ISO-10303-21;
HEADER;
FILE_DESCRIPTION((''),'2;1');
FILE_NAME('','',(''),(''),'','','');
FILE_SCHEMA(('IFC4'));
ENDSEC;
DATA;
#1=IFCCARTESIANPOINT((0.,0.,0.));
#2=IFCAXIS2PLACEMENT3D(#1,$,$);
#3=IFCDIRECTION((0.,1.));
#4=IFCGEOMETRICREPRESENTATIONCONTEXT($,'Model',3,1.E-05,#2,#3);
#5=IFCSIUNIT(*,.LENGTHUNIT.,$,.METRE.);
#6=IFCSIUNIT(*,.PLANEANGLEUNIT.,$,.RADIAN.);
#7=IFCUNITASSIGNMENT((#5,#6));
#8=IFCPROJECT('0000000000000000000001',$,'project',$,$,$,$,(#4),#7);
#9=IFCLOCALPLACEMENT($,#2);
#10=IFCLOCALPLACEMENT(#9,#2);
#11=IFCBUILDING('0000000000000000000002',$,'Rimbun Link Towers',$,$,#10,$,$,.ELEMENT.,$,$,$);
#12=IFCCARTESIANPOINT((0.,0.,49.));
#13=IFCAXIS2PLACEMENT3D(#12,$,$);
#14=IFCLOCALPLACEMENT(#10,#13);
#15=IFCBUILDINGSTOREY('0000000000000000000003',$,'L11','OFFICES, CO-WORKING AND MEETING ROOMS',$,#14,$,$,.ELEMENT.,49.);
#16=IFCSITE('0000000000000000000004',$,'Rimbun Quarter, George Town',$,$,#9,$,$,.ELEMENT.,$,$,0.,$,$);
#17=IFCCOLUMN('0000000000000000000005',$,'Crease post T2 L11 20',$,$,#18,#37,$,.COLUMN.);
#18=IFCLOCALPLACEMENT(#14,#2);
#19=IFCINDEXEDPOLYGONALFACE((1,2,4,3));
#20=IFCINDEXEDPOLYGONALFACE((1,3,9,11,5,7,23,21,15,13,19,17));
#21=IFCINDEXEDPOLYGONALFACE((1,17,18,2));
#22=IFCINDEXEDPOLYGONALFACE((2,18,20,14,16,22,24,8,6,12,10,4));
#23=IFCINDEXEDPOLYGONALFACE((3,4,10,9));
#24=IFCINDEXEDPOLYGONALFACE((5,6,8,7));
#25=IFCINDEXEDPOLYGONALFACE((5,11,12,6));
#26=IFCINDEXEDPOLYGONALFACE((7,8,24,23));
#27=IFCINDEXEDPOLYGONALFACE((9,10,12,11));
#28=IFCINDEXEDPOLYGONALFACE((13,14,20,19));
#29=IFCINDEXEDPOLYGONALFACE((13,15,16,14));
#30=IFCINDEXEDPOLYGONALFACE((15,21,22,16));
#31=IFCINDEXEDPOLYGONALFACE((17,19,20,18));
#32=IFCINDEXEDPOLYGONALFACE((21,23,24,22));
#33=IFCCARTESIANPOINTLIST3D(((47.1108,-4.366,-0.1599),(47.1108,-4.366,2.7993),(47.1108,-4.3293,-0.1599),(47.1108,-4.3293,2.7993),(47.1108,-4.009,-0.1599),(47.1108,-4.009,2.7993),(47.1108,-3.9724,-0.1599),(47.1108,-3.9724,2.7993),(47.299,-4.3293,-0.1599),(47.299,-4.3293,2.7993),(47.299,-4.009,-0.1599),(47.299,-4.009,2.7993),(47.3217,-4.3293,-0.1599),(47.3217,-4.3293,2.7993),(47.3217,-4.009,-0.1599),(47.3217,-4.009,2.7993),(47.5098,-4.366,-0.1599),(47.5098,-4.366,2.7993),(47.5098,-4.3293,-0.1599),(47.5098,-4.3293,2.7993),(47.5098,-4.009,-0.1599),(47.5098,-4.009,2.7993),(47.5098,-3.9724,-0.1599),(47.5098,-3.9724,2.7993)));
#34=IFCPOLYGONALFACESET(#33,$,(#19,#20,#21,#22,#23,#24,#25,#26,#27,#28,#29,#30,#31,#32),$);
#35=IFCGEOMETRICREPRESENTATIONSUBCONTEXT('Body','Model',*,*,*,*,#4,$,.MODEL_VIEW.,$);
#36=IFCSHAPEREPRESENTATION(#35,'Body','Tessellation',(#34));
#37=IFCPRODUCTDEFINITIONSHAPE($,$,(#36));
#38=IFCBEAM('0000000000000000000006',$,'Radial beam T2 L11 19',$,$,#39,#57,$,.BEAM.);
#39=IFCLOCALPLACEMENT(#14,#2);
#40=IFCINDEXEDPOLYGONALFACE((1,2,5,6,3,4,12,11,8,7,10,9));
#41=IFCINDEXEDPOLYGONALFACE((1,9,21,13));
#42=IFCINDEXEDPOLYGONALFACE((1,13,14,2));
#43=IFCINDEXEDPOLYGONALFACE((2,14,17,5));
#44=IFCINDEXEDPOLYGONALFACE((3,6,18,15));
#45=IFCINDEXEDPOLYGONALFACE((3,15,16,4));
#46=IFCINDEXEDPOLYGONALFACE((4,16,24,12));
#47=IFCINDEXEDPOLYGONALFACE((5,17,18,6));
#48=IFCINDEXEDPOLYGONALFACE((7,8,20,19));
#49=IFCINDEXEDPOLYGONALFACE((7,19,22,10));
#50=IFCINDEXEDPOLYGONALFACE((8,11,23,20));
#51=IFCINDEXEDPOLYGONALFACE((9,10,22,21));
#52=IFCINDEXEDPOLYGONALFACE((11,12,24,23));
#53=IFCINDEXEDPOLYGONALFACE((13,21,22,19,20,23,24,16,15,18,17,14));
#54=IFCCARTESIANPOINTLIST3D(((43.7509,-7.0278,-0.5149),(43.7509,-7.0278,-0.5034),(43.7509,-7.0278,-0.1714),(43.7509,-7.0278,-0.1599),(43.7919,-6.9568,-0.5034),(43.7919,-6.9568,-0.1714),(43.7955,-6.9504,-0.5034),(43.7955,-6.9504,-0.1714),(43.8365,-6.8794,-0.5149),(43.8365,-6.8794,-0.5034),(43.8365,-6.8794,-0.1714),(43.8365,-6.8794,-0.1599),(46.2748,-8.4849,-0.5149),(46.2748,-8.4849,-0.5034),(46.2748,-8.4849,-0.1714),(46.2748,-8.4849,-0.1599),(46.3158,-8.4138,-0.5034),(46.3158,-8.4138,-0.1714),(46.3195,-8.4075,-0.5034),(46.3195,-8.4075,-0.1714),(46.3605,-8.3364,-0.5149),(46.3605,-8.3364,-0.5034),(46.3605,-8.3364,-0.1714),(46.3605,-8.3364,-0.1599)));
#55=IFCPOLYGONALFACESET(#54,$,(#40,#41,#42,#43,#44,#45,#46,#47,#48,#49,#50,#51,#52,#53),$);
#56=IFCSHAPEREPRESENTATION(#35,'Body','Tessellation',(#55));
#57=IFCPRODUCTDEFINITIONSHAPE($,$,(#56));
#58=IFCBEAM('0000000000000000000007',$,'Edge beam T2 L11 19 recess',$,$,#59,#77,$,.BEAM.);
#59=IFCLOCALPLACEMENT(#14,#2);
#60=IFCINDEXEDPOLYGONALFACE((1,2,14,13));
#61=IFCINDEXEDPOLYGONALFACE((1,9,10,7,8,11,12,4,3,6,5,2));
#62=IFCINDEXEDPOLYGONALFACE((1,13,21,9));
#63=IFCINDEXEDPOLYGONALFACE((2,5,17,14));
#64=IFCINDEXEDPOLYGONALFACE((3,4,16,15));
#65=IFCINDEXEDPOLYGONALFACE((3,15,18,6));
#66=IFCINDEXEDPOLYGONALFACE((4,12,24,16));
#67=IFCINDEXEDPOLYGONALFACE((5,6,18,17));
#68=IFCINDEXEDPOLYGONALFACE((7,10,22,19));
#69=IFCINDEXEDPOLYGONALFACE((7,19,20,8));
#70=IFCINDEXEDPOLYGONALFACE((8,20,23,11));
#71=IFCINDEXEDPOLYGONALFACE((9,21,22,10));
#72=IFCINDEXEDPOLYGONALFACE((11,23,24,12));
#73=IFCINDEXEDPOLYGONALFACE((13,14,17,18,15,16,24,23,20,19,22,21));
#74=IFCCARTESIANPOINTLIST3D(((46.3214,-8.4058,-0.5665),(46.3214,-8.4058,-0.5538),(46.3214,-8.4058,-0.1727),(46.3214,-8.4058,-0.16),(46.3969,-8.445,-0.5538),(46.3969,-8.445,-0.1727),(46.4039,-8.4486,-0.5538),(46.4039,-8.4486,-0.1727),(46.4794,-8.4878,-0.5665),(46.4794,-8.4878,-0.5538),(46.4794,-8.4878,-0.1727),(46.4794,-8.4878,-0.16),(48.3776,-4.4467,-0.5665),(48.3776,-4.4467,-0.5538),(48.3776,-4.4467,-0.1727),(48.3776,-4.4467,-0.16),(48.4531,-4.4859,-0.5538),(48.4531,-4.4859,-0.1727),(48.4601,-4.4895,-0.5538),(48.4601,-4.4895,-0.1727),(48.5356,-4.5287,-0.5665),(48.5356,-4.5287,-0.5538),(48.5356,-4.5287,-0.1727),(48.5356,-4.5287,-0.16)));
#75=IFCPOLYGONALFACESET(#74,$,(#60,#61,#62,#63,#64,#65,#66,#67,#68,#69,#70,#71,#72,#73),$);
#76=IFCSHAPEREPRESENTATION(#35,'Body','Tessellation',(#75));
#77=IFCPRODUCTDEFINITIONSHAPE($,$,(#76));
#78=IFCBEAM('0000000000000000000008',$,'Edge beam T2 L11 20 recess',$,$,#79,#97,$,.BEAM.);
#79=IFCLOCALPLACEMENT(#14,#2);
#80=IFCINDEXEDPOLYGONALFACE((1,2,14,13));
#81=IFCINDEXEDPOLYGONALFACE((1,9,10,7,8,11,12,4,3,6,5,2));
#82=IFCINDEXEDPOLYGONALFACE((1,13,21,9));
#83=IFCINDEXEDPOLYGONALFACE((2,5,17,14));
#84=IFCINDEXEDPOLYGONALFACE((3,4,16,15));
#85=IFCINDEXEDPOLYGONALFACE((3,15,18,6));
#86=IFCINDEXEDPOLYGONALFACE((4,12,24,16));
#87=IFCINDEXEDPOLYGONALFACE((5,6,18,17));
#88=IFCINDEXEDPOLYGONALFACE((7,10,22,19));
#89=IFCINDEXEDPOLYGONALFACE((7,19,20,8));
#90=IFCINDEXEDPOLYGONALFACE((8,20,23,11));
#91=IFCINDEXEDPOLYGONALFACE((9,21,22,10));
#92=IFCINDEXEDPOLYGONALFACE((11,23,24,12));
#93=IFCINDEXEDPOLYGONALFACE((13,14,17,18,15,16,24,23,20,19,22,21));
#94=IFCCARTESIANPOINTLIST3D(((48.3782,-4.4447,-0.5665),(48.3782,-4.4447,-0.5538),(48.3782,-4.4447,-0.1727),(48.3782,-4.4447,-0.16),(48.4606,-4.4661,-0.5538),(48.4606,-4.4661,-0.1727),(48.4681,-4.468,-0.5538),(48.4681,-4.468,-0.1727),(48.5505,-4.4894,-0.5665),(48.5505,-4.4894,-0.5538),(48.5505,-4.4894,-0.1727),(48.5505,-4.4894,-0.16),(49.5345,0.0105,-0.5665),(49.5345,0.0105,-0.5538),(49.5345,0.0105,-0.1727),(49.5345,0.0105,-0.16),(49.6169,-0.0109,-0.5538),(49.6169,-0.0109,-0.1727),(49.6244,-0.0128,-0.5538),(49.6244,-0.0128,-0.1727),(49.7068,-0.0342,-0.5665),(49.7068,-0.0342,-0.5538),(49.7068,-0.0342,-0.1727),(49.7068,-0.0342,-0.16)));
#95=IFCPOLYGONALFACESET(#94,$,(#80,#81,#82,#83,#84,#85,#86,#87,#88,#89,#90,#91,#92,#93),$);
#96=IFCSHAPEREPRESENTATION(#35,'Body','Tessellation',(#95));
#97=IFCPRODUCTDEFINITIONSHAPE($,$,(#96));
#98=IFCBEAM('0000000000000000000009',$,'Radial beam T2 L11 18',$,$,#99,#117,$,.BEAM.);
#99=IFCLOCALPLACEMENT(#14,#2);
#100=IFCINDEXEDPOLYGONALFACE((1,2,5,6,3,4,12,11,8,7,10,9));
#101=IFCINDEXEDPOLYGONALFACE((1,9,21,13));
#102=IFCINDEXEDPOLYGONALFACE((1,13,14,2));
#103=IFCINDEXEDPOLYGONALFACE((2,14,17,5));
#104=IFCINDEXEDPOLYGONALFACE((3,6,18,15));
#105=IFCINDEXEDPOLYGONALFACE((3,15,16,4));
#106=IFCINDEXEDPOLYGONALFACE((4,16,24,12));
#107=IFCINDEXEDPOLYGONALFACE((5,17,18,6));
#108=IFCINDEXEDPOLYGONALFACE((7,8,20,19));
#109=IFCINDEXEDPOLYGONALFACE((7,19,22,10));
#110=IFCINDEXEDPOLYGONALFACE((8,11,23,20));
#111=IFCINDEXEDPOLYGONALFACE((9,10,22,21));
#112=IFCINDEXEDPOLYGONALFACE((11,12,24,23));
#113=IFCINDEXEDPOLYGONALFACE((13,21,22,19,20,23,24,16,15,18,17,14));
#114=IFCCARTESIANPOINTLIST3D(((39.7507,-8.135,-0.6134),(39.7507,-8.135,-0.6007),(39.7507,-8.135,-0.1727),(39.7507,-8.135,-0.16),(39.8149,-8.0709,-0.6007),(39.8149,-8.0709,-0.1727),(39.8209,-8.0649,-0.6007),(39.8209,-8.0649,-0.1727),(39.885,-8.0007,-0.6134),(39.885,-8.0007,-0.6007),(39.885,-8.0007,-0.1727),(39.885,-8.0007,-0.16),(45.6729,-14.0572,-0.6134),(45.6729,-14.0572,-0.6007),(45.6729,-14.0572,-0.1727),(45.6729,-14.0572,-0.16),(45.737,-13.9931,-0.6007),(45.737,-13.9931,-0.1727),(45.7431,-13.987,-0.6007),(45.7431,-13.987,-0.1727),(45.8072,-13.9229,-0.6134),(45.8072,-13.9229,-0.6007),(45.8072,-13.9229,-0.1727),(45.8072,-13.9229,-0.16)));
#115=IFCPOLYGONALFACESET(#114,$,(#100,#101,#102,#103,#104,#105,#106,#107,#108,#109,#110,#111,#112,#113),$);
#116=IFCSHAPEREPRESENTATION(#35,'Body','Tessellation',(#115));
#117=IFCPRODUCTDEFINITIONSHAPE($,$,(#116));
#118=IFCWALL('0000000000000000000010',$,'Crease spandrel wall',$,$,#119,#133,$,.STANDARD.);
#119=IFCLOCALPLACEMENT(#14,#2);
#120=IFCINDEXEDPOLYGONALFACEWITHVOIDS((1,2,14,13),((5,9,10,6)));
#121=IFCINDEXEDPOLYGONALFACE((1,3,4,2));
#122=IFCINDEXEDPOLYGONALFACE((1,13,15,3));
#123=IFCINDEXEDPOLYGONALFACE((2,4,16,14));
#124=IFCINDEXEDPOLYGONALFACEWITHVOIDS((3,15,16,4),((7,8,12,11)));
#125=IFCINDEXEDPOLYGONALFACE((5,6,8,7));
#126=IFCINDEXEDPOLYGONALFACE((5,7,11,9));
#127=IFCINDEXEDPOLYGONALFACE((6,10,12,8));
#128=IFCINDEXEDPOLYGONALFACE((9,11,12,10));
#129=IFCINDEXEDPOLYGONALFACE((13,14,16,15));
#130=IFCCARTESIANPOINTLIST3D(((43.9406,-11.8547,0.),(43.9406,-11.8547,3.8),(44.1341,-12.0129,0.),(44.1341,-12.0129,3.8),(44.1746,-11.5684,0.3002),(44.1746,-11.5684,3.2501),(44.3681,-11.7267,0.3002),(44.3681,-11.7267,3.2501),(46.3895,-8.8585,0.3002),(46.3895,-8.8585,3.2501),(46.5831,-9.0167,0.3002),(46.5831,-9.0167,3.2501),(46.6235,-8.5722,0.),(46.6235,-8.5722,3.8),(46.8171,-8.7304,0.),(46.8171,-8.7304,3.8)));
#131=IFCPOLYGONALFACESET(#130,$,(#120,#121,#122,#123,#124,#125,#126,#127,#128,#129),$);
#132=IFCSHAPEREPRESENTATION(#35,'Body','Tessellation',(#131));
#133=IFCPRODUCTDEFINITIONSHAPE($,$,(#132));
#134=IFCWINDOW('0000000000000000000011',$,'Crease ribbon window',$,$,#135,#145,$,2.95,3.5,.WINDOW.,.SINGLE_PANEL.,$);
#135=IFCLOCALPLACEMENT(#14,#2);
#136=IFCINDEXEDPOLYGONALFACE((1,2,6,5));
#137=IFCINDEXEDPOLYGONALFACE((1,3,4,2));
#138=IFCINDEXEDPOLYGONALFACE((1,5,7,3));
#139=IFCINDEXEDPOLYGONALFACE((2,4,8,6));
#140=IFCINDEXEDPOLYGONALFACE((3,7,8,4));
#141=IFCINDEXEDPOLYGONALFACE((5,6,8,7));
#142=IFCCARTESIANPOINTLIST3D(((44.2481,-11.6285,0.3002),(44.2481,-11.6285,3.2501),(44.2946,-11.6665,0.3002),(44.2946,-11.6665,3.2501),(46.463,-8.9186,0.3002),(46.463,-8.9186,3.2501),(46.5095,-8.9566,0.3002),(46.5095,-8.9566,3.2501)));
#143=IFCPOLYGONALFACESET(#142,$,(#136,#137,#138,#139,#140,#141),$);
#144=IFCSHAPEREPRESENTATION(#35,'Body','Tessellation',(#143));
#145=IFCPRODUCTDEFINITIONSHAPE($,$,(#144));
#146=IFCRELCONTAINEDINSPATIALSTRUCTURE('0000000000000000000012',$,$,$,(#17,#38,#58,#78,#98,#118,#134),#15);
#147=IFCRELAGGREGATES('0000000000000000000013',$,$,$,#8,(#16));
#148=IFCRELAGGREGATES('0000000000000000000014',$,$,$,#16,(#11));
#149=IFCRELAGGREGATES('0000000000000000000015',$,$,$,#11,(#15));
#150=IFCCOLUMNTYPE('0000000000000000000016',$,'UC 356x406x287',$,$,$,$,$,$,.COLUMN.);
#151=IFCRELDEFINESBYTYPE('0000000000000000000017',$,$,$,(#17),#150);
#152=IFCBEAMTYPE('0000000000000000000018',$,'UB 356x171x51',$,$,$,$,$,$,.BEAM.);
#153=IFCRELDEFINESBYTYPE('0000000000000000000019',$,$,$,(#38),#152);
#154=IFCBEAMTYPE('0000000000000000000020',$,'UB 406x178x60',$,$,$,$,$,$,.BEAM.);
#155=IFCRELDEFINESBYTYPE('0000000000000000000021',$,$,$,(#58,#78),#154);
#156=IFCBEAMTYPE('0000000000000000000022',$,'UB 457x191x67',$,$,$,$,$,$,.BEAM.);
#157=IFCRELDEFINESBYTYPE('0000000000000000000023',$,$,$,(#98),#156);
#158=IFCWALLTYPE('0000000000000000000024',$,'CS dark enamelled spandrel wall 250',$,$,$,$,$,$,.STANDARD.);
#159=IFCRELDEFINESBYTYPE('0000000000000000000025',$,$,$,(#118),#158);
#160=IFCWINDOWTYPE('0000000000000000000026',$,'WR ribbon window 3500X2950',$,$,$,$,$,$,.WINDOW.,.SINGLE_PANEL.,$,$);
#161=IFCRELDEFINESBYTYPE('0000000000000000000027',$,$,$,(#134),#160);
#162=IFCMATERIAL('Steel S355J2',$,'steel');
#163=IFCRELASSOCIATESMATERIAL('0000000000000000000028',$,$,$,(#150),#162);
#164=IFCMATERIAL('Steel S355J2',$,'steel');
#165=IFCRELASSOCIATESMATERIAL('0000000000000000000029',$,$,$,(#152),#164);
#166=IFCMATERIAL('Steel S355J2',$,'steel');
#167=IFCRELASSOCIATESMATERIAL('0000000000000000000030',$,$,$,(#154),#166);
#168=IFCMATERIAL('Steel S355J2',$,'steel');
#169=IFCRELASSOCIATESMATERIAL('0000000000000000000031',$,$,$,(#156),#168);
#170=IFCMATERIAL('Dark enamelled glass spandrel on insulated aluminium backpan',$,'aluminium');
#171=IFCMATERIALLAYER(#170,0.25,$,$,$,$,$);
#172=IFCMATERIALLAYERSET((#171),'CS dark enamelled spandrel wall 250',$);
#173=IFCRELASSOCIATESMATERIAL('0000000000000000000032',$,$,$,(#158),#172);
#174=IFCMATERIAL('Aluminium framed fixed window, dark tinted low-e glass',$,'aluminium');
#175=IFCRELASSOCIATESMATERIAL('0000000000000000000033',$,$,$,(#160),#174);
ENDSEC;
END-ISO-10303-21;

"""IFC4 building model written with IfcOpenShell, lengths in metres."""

from ifc_helpers import new_model, si_unit, direction, frame, frame_2d, origin, origin_2d, place, context, subcontext, project, spatial, rectangle, i_section, extrude, material, layer, layer_set, material_profile, profile_set, type_object, element, fill, save


model = new_model("IFC4")

# Units and contexts
model_context = context("Model", 3, precision=1e-05, world=origin(), true_north=direction((0.0, 1.0)))
body_context = subcontext(model_context, "Body", "Model", "MODEL_VIEW")
ifc_project = project(units=[si_unit("LENGTHUNIT", "METRE"), si_unit("PLANEANGLEUNIT", "RADIAN")], contexts=[model_context])

# Site, building, storey
site_placement = place(None, origin())
site = spatial("IfcSite", under=ifc_project, at=site_placement, Name="Rimbun Quarter, George Town", CompositionType="ELEMENT", RefElevation=0.0)
building_placement = place(site_placement, origin())
building = spatial("IfcBuilding", under=site, at=building_placement, Name="Rimbun Link Towers", CompositionType="ELEMENT")
storey_placement = place(building_placement, frame((0.0, 0.0, 49.0)))
storey = spatial("IfcBuildingStorey", under=building, at=storey_placement, Name="L11", Description="OFFICES, CO-WORKING AND MEETING ROOMS", CompositionType="ELEMENT", Elevation=49.0)

# Column
ifc_material_1 = material(Name="Steel S355J2", Category="steel")
ifc_material_profile_1 = material_profile(ifc_material_1, i_section(OverallWidth=0.3989, OverallDepth=0.3936, WebThickness=0.0227, FlangeThickness=0.0366, at=origin_2d()), Name="UC 356x406x287")
ifc_profile_set_1 = profile_set([ifc_material_profile_1], Name="Steel S355J2")
column_type = type_object("IfcColumnType", Name="UC 356x406x287", PredefinedType="COLUMN", material=ifc_profile_set_1)
column_placement = place(storey_placement, frame((47.3103, -4.1692, -0.1599), z_axis=(0.0, 0.0, 1.0), x_axis=(1.0, 0.0, 0.0)))
element("IfcColumn", 1, at=column_placement, inside=storey, type_object=column_type, Name="Crease post T2 L11 20", PredefinedType="COLUMN", context=body_context, shape_type="SweptSolid", body=[
    extrude(i_section(OverallWidth=0.3989, OverallDepth=0.3936, WebThickness=0.0227, FlangeThickness=0.0366, at=origin_2d()), origin(), (0.0, 0.0, 1.0), 2.9592),
])

# Beams
ifc_material_2 = material(Name="Steel S355J2", Category="steel")
ifc_material_profile_2 = material_profile(ifc_material_2, i_section(OverallWidth=0.1714, OverallDepth=0.355, WebThickness=0.0073, FlangeThickness=0.0115, at=origin_2d()), Name="UB 356x171x51")
ifc_profile_set_2 = profile_set([ifc_material_profile_2], Name="Steel S355J2")
beam_type_1 = type_object("IfcBeamType", Name="UB 356x171x51", PredefinedType="BEAM", material=ifc_profile_set_2)
beam_1_placement = place(storey_placement, frame((43.7937, -6.9536, -0.3374), z_axis=(0.866049, -0.499959, 0.0), x_axis=(0.499959, 0.866049, 0.0)))
element("IfcBeam", 2, at=beam_1_placement, inside=storey, type_object=beam_type_1, Name="Radial beam T2 L11 19", PredefinedType="BEAM", context=body_context, shape_type="SweptSolid", body=[
    extrude(i_section(OverallWidth=0.1714, OverallDepth=0.355, WebThickness=0.0073, FlangeThickness=0.0115, at=origin_2d()), origin(), (0.0, 0.0, 1.0), 2.9143),
])
ifc_material_3 = material(Name="Steel S355J2", Category="steel")
ifc_material_profile_3 = material_profile(ifc_material_3, i_section(OverallWidth=0.178, OverallDepth=0.4065, WebThickness=0.0078, FlangeThickness=0.0127, at=origin_2d()), Name="UB 406x178x60")
ifc_profile_set_3 = profile_set([ifc_material_profile_3], Name="Steel S355J2")
beam_type_2 = type_object("IfcBeamType", Name="UB 406x178x60", PredefinedType="BEAM", material=ifc_profile_set_3)
beam_2_placement = place(storey_placement, frame((46.4004, -8.4468, -0.3633), z_axis=(0.460908, 0.887448, 0.0), x_axis=(-0.887448, 0.460908, 0.0)))
element("IfcBeam", 3, at=beam_2_placement, inside=storey, type_object=beam_type_2, Name="Edge beam T2 L11 19 recess", PredefinedType="BEAM", context=body_context, shape_type="SweptSolid", body=[
    extrude(i_section(OverallWidth=0.178, OverallDepth=0.4065, WebThickness=0.0078, FlangeThickness=0.0127, at=origin_2d()), origin(), (0.0, 0.0, 1.0), 4.4612),
])
beam_3_placement = place(storey_placement, frame((48.4644, -4.467, -0.3633), z_axis=(0.251213, 0.967932, 0.0), x_axis=(-0.967932, 0.251213, 0.0)))
element("IfcBeam", 4, at=beam_3_placement, inside=storey, type_object=beam_type_2, Name="Edge beam T2 L11 20 recess", PredefinedType="BEAM", context=body_context, shape_type="SweptSolid", body=[
    extrude(i_section(OverallWidth=0.178, OverallDepth=0.4065, WebThickness=0.0078, FlangeThickness=0.0127, at=origin_2d()), origin(), (0.0, 0.0, 1.0), 4.6028),
])
ifc_material_4 = material(Name="Steel S355J2", Category="steel")
ifc_material_profile_4 = material_profile(ifc_material_4, i_section(OverallWidth=0.1899, OverallDepth=0.4534, WebThickness=0.0085, FlangeThickness=0.0127, at=origin_2d()), Name="UB 457x191x67")
ifc_profile_set_4 = profile_set([ifc_material_profile_4], Name="Steel S355J2")
beam_type_3 = type_object("IfcBeamType", Name="UB 457x191x67", PredefinedType="BEAM", material=ifc_profile_set_4)
beam_4_placement = place(storey_placement, frame((39.8179, -8.0679, -0.3867), z_axis=(0.707107, -0.707107, 0.0), x_axis=(0.707107, 0.707107, 0.0)))
element("IfcBeam", 5, at=beam_4_placement, inside=storey, type_object=beam_type_3, Name="Radial beam T2 L11 18", PredefinedType="BEAM", context=body_context, shape_type="SweptSolid", body=[
    extrude(i_section(OverallWidth=0.1899, OverallDepth=0.4534, WebThickness=0.0085, FlangeThickness=0.0127, at=origin_2d()), origin(), (0.0, 0.0, 1.0), 8.3752),
])

# Wall, opening, window
ifc_material_5 = material(Name="Dark enamelled glass spandrel on insulated aluminium backpan", Category="aluminium")
ifc_layer_1 = layer(ifc_material_5, 0.25)
ifc_layer_set_1 = layer_set([ifc_layer_1], Name="CS dark enamelled spandrel wall 250")
wall_type_1 = type_object("IfcWallType", Name="CS dark enamelled spandrel wall 250", PredefinedType="STANDARD", material=ifc_layer_set_1)
wall_1_placement = place(storey_placement, frame((46.7202, -8.6514, 0.0), z_axis=(0.0, 0.0, 1.0), x_axis=(-0.632843, -0.77428, 0.0)))
wall_1 = element("IfcWall", 6, at=wall_1_placement, inside=storey, type_object=wall_type_1, Name="Crease spandrel wall", PredefinedType="STANDARD", context=body_context, shape_type="SweptSolid", body=[
    extrude(rectangle(XDim=4.2395, YDim=0.25, at=frame_2d((2.1196, 0.0))), origin(), (0.0, 0.0, 1.0), 3.8),
])
opening_1_placement = place(wall_1_placement, frame((0.3696, 0.0, 0.3)))
opening_1 = element("IfcOpeningElement", 7, at=opening_1_placement, cuts=wall_1, PredefinedType="OPENING", context=body_context, shape_type="SweptSolid", body=[
    extrude(rectangle(XDim=3.5, YDim=2.95, at=frame_2d((1.75, 1.4751))), frame((0.0, 0.135, 0.0), z_axis=(0.0, -1.0, 0.0), x_axis=(1.0, 0.0, 0.0)), (0.0, 0.0, 1.0), 0.27),
])
ifc_material_6 = material(Name="Aluminium framed fixed window, dark tinted low-e glass", Category="aluminium")
window_type_1 = type_object("IfcWindowType", Name="WR ribbon window 3500X2950", PartitioningType="SINGLE_PANEL", PredefinedType="WINDOW", material=ifc_material_6)
window_1_placement = place(opening_1_placement, origin())
window_1 = element("IfcWindow", 8, at=window_1_placement, inside=storey, type_object=window_type_1, Name="Crease ribbon window", OverallHeight=2.95, OverallWidth=3.5, PartitioningType="SINGLE_PANEL", PredefinedType="WINDOW", context=body_context, shape_type="SweptSolid", body=[
    extrude(rectangle(XDim=3.5, YDim=2.95, at=frame_2d((1.75, 1.4751))), frame((0.0, 0.03, 0.0), z_axis=(0.0, -1.0, 0.0), x_axis=(1.0, 0.0, 0.0)), (0.0, 0.0, 1.0), 0.0601),
])
fill(opening_1, window_1)

save(model, "model.ifc")
